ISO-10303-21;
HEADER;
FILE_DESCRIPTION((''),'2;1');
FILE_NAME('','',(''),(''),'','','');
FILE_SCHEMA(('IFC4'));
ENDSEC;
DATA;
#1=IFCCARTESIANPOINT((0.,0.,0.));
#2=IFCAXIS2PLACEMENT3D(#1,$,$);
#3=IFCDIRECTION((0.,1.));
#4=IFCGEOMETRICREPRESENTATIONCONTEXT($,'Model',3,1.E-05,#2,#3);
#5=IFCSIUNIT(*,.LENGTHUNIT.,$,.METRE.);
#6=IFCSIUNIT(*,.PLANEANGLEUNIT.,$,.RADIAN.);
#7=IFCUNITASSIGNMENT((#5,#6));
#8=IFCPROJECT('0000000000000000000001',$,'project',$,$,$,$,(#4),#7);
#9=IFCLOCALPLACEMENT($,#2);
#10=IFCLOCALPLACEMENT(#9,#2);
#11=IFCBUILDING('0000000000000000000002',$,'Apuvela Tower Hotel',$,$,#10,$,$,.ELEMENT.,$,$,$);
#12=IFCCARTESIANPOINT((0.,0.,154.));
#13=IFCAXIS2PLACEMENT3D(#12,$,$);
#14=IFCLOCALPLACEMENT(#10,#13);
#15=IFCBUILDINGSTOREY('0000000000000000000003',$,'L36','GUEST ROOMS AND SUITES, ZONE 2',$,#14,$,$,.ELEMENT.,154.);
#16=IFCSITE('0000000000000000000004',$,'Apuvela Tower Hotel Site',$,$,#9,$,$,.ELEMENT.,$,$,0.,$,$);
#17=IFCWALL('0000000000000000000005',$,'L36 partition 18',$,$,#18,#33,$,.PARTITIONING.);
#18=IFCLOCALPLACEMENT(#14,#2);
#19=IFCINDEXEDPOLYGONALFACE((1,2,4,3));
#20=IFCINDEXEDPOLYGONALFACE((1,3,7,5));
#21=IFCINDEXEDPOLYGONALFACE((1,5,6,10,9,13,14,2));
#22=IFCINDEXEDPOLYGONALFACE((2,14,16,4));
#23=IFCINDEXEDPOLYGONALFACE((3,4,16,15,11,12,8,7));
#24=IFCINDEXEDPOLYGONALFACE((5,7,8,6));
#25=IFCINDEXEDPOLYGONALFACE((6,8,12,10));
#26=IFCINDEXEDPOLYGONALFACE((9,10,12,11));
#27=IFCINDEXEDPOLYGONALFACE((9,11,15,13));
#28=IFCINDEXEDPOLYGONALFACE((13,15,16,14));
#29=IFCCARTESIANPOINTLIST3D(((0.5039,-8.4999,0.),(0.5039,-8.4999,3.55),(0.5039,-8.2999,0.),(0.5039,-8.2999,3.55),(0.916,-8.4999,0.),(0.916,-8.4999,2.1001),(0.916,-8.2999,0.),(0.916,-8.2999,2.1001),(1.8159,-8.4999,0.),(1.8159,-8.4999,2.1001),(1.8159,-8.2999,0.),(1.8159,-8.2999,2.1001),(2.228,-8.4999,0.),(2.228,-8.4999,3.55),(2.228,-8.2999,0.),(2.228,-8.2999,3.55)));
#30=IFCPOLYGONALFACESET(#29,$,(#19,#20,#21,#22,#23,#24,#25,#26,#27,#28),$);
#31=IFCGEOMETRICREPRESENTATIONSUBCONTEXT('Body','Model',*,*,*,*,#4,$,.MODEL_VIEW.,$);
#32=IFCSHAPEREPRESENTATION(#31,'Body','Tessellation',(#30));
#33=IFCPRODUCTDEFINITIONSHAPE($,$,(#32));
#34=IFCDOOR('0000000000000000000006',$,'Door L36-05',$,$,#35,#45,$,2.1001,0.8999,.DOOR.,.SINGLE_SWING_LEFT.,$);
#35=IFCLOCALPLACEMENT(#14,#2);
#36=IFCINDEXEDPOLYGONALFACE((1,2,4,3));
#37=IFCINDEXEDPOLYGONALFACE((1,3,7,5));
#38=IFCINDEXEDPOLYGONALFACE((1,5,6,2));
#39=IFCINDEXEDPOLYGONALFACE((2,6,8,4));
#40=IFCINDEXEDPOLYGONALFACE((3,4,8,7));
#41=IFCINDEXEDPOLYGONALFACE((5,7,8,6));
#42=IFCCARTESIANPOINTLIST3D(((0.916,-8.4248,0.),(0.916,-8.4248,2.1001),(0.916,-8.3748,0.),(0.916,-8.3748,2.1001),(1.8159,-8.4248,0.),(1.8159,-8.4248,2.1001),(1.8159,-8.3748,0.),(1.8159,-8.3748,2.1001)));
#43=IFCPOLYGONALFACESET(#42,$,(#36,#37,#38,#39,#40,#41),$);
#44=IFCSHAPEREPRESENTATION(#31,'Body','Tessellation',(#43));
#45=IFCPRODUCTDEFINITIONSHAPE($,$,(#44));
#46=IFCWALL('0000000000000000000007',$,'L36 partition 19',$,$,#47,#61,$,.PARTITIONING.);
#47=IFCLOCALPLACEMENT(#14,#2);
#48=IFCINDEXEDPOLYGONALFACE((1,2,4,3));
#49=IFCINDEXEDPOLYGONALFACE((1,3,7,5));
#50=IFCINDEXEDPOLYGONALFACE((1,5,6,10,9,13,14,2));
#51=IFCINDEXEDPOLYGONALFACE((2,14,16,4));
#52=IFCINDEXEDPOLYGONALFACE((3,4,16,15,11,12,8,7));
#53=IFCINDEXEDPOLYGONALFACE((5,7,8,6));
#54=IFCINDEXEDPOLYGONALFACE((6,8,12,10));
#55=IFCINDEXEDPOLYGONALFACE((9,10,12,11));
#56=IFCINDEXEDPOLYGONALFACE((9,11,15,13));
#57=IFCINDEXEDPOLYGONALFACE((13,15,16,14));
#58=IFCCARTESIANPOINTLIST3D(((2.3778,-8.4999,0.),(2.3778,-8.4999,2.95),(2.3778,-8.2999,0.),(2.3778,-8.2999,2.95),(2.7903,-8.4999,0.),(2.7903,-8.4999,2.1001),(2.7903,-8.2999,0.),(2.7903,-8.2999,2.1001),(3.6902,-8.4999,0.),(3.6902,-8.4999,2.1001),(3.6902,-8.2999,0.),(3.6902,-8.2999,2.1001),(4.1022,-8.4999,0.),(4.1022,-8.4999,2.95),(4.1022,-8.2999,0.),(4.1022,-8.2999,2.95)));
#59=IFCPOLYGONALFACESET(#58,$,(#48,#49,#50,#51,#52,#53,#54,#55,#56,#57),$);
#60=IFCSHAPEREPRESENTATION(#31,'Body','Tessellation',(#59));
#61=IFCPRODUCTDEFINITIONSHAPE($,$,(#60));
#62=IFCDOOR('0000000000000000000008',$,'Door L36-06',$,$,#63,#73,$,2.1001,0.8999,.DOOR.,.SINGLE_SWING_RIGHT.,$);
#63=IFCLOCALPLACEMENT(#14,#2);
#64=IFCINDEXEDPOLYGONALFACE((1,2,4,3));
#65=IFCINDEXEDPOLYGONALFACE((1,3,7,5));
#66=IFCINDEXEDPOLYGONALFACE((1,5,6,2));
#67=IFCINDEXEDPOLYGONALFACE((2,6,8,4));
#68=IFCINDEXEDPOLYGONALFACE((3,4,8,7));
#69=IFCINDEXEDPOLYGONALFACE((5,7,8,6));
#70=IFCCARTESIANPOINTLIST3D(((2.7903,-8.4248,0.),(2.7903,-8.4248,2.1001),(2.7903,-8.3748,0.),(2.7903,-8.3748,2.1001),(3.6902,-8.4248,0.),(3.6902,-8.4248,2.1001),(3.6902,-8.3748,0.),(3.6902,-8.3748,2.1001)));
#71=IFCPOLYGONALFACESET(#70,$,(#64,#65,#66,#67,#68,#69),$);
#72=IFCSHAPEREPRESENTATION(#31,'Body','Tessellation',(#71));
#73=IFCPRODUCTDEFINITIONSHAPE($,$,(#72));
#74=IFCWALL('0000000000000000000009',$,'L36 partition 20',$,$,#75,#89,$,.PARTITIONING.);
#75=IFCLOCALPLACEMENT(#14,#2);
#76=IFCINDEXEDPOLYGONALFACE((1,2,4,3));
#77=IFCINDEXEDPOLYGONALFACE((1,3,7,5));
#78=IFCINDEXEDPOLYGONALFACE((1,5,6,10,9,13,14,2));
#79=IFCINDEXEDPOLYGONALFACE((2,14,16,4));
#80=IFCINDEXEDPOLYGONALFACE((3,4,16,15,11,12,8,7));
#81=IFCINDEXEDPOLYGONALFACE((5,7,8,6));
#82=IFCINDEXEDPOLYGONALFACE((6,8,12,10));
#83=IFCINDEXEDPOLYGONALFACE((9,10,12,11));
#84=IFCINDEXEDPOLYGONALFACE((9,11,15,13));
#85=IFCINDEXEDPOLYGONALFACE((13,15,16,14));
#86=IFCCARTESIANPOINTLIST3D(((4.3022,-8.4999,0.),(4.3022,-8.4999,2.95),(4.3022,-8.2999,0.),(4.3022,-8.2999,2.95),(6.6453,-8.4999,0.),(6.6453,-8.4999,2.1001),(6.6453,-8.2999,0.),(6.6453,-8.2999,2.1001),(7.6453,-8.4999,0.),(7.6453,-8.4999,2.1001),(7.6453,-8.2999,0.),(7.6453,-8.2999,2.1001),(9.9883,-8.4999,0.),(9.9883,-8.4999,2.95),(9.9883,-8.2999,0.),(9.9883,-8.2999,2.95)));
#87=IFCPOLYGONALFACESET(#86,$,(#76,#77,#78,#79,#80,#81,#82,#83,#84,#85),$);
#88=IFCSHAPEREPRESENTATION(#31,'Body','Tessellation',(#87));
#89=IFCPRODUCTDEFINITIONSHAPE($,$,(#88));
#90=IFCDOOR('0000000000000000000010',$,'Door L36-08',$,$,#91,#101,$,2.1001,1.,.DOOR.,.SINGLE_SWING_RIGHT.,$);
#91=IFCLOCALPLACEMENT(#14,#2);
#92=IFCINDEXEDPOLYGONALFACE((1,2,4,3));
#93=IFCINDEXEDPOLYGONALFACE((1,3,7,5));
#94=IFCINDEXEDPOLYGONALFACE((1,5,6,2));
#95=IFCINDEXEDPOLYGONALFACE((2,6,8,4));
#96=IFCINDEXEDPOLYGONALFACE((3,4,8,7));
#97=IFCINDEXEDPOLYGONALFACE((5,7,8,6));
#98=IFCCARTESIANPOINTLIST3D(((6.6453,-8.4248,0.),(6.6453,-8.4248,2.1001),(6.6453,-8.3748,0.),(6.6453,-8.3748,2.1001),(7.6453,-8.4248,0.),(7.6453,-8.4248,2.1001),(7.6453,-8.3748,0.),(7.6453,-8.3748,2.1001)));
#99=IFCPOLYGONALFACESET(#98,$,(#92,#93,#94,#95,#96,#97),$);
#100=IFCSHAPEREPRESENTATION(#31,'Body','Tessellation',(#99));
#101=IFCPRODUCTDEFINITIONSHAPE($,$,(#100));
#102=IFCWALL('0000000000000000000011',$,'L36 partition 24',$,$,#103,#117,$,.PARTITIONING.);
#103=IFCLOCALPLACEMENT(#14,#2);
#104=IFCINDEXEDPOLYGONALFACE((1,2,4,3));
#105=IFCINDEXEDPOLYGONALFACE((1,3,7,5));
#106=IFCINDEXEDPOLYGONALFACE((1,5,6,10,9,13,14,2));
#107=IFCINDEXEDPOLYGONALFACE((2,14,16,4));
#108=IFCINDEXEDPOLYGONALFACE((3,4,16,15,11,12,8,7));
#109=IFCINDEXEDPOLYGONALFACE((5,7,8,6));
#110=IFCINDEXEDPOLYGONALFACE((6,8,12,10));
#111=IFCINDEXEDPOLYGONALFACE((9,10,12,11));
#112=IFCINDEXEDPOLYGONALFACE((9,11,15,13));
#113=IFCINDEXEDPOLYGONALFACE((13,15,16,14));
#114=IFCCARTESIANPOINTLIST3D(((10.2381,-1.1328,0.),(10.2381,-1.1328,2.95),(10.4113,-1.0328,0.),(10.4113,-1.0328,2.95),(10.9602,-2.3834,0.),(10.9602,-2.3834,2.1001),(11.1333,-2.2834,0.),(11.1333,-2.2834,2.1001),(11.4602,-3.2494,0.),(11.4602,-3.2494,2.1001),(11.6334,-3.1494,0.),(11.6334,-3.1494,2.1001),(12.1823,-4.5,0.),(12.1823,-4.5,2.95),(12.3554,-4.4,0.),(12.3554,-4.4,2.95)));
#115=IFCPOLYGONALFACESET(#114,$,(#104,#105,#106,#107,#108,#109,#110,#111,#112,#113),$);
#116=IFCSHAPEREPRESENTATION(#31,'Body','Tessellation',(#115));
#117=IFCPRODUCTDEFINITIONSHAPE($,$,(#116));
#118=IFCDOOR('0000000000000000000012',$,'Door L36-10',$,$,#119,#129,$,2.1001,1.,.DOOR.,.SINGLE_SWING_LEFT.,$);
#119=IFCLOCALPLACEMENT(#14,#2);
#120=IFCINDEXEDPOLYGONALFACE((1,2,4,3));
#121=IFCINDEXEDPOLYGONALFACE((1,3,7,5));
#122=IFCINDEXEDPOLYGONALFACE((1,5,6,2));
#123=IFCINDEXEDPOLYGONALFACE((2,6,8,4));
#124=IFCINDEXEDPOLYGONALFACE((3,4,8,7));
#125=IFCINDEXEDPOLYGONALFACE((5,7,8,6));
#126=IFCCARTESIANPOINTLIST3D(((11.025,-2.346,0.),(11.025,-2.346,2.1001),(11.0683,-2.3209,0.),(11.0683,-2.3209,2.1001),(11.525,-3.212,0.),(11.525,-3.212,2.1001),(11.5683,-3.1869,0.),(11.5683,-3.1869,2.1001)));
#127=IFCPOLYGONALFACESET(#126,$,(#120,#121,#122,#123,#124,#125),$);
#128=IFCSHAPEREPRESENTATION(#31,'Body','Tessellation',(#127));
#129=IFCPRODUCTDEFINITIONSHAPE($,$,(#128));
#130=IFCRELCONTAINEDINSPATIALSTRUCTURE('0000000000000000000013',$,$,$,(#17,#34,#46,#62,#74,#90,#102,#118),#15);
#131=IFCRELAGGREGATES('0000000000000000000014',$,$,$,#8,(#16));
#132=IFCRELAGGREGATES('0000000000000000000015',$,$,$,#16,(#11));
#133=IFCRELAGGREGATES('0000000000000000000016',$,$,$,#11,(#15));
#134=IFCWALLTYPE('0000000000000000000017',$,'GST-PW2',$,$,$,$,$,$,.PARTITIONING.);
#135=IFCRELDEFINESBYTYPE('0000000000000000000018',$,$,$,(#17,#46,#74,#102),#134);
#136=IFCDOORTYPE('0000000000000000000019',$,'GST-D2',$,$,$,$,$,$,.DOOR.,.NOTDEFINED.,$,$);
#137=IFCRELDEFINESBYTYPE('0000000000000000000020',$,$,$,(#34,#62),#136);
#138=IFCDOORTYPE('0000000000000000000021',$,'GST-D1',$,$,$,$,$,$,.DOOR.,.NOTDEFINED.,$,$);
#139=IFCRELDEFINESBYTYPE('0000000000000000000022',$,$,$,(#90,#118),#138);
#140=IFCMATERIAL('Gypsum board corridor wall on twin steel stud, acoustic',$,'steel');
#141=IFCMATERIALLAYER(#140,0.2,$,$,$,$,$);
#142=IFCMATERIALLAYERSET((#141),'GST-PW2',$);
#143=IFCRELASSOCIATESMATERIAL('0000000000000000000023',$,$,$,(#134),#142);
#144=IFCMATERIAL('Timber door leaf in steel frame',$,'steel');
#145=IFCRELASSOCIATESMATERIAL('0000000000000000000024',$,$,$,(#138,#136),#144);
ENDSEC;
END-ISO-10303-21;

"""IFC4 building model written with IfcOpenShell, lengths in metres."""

from ifc_helpers import new_model, si_unit, direction, frame, frame_2d, origin, place, context, subcontext, project, spatial, rectangle, extrude, material, layer, layer_set, type_object, element, fill, save


model = new_model("IFC4")

# Units and contexts
model_context = context("Model", 3, precision=1e-05, world=origin(), true_north=direction((0.0, 1.0)))
body_context = subcontext(model_context, "Body", "Model", "MODEL_VIEW")
ifc_project = project(units=[si_unit("LENGTHUNIT", "METRE"), si_unit("PLANEANGLEUNIT", "RADIAN")], contexts=[model_context])

# Site, building, storey
site_placement = place(None, origin())
site = spatial("IfcSite", under=ifc_project, at=site_placement, Name="Apuvela Tower Hotel Site", CompositionType="ELEMENT", RefElevation=0.0)
building_placement = place(site_placement, origin())
building = spatial("IfcBuilding", under=site, at=building_placement, Name="Apuvela Tower Hotel", CompositionType="ELEMENT")
storey_placement = place(building_placement, frame((0.0, 0.0, 154.0)))
storey = spatial("IfcBuildingStorey", under=building, at=storey_placement, Name="L36", Description="GUEST ROOMS AND SUITES, ZONE 2", CompositionType="ELEMENT", Elevation=154.0)

# Walls, openings, doors
ifc_material_1 = material(Name="Gypsum board corridor wall on twin steel stud, acoustic", Category="steel")
ifc_layer_1 = layer(ifc_material_1, 0.2)
ifc_layer_set_1 = layer_set([ifc_layer_1], Name="GST-PW2")
wall_type_1 = type_object("IfcWallType", Name="GST-PW2", PredefinedType="PARTITIONING", material=ifc_layer_set_1)
ifc_material_2 = material(Name="Timber door leaf in steel frame", Category="steel")
door_type_1 = type_object("IfcDoorType", Name="GST-D1", OperationType="NOTDEFINED", PredefinedType="DOOR", material=ifc_material_2)
wall_1_placement = place(storey_placement, frame((2.228, -8.3999, 0.0), z_axis=(0.0, 0.0, 1.0), x_axis=(-1.0, 0.0, 0.0)))
wall_1 = element("IfcWall", 1, at=wall_1_placement, inside=storey, type_object=wall_type_1, Name="L36 partition 18", PredefinedType="PARTITIONING", context=body_context, shape_type="SweptSolid", body=[
    extrude(rectangle(XDim=1.7241, YDim=0.2, at=frame_2d((0.8621, 0.0))), origin(), (0.0, 0.0, 1.0), 3.55),
])
opening_1_placement = place(wall_1_placement, frame((0.4121, 0.0, 0.0)))
opening_1 = element("IfcOpeningElement", 2, at=opening_1_placement, cuts=wall_1, PredefinedType="OPENING", context=body_context, shape_type="SweptSolid", body=[
    extrude(rectangle(XDim=0.8999, YDim=2.1001, at=frame_2d((0.45, 1.05))), frame((0.0, 0.1099, 0.0), z_axis=(0.0, -1.0, 0.0), x_axis=(1.0, 0.0, 0.0)), (0.0, 0.0, 1.0), 0.22),
])
door_type_2 = type_object("IfcDoorType", Name="GST-D2", OperationType="NOTDEFINED", PredefinedType="DOOR", material=ifc_material_2)
door_1_placement = place(opening_1_placement, origin())
door_1 = element("IfcDoor", 3, at=door_1_placement, inside=storey, type_object=door_type_2, Name="Door L36-05", OperationType="SINGLE_SWING_LEFT", OverallHeight=2.1001, OverallWidth=0.8999, PredefinedType="DOOR", context=body_context, shape_type="SweptSolid", body=[
    extrude(rectangle(XDim=0.8999, YDim=2.1001, at=frame_2d((0.45, 1.05))), frame((0.0, 0.0249, 0.0), z_axis=(0.0, -1.0, 0.0), x_axis=(1.0, 0.0, 0.0)), (0.0, 0.0, 1.0), 0.05),
])
fill(opening_1, door_1)
wall_2_placement = place(storey_placement, frame((4.1023, -8.3999, 0.0), z_axis=(0.0, 0.0, 1.0), x_axis=(-1.0, 0.0, 0.0)))
wall_2 = element("IfcWall", 4, at=wall_2_placement, inside=storey, type_object=wall_type_1, Name="L36 partition 19", PredefinedType="PARTITIONING", context=body_context, shape_type="SweptSolid", body=[
    extrude(rectangle(XDim=1.7244, YDim=0.2, at=frame_2d((0.8623, 0.0))), origin(), (0.0, 0.0, 1.0), 2.95),
])
opening_2_placement = place(wall_2_placement, frame((0.4121, 0.0, 0.0)))
opening_2 = element("IfcOpeningElement", 5, at=opening_2_placement, cuts=wall_2, PredefinedType="OPENING", context=body_context, shape_type="SweptSolid", body=[
    extrude(rectangle(XDim=0.8999, YDim=2.1001, at=frame_2d((0.45, 1.05))), frame((0.0, 0.1099, 0.0), z_axis=(0.0, -1.0, 0.0), x_axis=(1.0, 0.0, 0.0)), (0.0, 0.0, 1.0), 0.22),
])
door_2_placement = place(opening_2_placement, origin())
door_2 = element("IfcDoor", 6, at=door_2_placement, inside=storey, type_object=door_type_2, Name="Door L36-06", OperationType="SINGLE_SWING_RIGHT", OverallHeight=2.1001, OverallWidth=0.8999, PredefinedType="DOOR", context=body_context, shape_type="SweptSolid", body=[
    extrude(rectangle(XDim=0.8999, YDim=2.1001, at=frame_2d((0.45, 1.05))), frame((0.0, 0.0249, 0.0), z_axis=(0.0, -1.0, 0.0), x_axis=(1.0, 0.0, 0.0)), (0.0, 0.0, 1.0), 0.05),
])
fill(opening_2, door_2)
wall_3_placement = place(storey_placement, frame((9.9883, -8.3999, 0.0), z_axis=(0.0, 0.0, 1.0), x_axis=(-1.0, 0.0, 0.0)))
wall_3 = element("IfcWall", 7, at=wall_3_placement, inside=storey, type_object=wall_type_1, Name="L36 partition 20", PredefinedType="PARTITIONING", context=body_context, shape_type="SweptSolid", body=[
    extrude(rectangle(XDim=5.686, YDim=0.2, at=frame_2d((2.843, 0.0))), origin(), (0.0, 0.0, 1.0), 2.95),
])
opening_3_placement = place(wall_3_placement, frame((2.343, 0.0, 0.0)))
opening_3 = element("IfcOpeningElement", 8, at=opening_3_placement, cuts=wall_3, PredefinedType="OPENING", context=body_context, shape_type="SweptSolid", body=[
    extrude(rectangle(XDim=1.0, YDim=2.1001, at=frame_2d((0.5, 1.05))), frame((0.0, 0.1099, 0.0), z_axis=(0.0, -1.0, 0.0), x_axis=(1.0, 0.0, 0.0)), (0.0, 0.0, 1.0), 0.22),
])
door_3_placement = place(opening_3_placement, origin())
door_3 = element("IfcDoor", 9, at=door_3_placement, inside=storey, type_object=door_type_1, Name="Door L36-08", OperationType="SINGLE_SWING_RIGHT", OverallHeight=2.1001, OverallWidth=1.0, PredefinedType="DOOR", context=body_context, shape_type="SweptSolid", body=[
    extrude(rectangle(XDim=1.0, YDim=2.1001, at=frame_2d((0.5, 1.05))), frame((0.0, 0.0249, 0.0), z_axis=(0.0, -1.0, 0.0), x_axis=(1.0, 0.0, 0.0)), (0.0, 0.0, 1.0), 0.05),
])
fill(opening_3, door_3)
wall_4_placement = place(storey_placement, frame((10.3247, -1.0828, 0.0), z_axis=(0.0, 0.0, 1.0), x_axis=(0.500009, -0.86602, 0.0)))
wall_4 = element("IfcWall", 10, at=wall_4_placement, inside=storey, type_object=wall_type_1, Name="L36 partition 24", PredefinedType="PARTITIONING", context=body_context, shape_type="SweptSolid", body=[
    extrude(rectangle(XDim=3.8882, YDim=0.2, at=frame_2d((1.9441, 0.0))), origin(), (0.0, 0.0, 1.0), 2.95),
])
opening_4_placement = place(wall_4_placement, frame((1.4441, 0.0, 0.0)))
opening_4 = element("IfcOpeningElement", 11, at=opening_4_placement, cuts=wall_4, PredefinedType="OPENING", context=body_context, shape_type="SweptSolid", body=[
    extrude(rectangle(XDim=1.0, YDim=2.1001, at=frame_2d((0.5, 1.05))), frame((0.0, 0.1099, 0.0), z_axis=(0.0, -1.0, 0.0), x_axis=(1.0, 0.0, 0.0)), (0.0, 0.0, 1.0), 0.22),
])
door_4_placement = place(opening_4_placement, origin())
door_4 = element("IfcDoor", 12, at=door_4_placement, inside=storey, type_object=door_type_1, Name="Door L36-10", OperationType="SINGLE_SWING_LEFT", OverallHeight=2.1001, OverallWidth=1.0, PredefinedType="DOOR", context=body_context, shape_type="SweptSolid", body=[
    extrude(rectangle(XDim=1.0, YDim=2.1001, at=frame_2d((0.5, 1.05))), frame((0.0, 0.0249, 0.0), z_axis=(0.0, -1.0, 0.0), x_axis=(1.0, 0.0, 0.0)), (0.0, 0.0, 1.0), 0.05),
])
fill(opening_4, door_4)

save(model, "model.ifc")
